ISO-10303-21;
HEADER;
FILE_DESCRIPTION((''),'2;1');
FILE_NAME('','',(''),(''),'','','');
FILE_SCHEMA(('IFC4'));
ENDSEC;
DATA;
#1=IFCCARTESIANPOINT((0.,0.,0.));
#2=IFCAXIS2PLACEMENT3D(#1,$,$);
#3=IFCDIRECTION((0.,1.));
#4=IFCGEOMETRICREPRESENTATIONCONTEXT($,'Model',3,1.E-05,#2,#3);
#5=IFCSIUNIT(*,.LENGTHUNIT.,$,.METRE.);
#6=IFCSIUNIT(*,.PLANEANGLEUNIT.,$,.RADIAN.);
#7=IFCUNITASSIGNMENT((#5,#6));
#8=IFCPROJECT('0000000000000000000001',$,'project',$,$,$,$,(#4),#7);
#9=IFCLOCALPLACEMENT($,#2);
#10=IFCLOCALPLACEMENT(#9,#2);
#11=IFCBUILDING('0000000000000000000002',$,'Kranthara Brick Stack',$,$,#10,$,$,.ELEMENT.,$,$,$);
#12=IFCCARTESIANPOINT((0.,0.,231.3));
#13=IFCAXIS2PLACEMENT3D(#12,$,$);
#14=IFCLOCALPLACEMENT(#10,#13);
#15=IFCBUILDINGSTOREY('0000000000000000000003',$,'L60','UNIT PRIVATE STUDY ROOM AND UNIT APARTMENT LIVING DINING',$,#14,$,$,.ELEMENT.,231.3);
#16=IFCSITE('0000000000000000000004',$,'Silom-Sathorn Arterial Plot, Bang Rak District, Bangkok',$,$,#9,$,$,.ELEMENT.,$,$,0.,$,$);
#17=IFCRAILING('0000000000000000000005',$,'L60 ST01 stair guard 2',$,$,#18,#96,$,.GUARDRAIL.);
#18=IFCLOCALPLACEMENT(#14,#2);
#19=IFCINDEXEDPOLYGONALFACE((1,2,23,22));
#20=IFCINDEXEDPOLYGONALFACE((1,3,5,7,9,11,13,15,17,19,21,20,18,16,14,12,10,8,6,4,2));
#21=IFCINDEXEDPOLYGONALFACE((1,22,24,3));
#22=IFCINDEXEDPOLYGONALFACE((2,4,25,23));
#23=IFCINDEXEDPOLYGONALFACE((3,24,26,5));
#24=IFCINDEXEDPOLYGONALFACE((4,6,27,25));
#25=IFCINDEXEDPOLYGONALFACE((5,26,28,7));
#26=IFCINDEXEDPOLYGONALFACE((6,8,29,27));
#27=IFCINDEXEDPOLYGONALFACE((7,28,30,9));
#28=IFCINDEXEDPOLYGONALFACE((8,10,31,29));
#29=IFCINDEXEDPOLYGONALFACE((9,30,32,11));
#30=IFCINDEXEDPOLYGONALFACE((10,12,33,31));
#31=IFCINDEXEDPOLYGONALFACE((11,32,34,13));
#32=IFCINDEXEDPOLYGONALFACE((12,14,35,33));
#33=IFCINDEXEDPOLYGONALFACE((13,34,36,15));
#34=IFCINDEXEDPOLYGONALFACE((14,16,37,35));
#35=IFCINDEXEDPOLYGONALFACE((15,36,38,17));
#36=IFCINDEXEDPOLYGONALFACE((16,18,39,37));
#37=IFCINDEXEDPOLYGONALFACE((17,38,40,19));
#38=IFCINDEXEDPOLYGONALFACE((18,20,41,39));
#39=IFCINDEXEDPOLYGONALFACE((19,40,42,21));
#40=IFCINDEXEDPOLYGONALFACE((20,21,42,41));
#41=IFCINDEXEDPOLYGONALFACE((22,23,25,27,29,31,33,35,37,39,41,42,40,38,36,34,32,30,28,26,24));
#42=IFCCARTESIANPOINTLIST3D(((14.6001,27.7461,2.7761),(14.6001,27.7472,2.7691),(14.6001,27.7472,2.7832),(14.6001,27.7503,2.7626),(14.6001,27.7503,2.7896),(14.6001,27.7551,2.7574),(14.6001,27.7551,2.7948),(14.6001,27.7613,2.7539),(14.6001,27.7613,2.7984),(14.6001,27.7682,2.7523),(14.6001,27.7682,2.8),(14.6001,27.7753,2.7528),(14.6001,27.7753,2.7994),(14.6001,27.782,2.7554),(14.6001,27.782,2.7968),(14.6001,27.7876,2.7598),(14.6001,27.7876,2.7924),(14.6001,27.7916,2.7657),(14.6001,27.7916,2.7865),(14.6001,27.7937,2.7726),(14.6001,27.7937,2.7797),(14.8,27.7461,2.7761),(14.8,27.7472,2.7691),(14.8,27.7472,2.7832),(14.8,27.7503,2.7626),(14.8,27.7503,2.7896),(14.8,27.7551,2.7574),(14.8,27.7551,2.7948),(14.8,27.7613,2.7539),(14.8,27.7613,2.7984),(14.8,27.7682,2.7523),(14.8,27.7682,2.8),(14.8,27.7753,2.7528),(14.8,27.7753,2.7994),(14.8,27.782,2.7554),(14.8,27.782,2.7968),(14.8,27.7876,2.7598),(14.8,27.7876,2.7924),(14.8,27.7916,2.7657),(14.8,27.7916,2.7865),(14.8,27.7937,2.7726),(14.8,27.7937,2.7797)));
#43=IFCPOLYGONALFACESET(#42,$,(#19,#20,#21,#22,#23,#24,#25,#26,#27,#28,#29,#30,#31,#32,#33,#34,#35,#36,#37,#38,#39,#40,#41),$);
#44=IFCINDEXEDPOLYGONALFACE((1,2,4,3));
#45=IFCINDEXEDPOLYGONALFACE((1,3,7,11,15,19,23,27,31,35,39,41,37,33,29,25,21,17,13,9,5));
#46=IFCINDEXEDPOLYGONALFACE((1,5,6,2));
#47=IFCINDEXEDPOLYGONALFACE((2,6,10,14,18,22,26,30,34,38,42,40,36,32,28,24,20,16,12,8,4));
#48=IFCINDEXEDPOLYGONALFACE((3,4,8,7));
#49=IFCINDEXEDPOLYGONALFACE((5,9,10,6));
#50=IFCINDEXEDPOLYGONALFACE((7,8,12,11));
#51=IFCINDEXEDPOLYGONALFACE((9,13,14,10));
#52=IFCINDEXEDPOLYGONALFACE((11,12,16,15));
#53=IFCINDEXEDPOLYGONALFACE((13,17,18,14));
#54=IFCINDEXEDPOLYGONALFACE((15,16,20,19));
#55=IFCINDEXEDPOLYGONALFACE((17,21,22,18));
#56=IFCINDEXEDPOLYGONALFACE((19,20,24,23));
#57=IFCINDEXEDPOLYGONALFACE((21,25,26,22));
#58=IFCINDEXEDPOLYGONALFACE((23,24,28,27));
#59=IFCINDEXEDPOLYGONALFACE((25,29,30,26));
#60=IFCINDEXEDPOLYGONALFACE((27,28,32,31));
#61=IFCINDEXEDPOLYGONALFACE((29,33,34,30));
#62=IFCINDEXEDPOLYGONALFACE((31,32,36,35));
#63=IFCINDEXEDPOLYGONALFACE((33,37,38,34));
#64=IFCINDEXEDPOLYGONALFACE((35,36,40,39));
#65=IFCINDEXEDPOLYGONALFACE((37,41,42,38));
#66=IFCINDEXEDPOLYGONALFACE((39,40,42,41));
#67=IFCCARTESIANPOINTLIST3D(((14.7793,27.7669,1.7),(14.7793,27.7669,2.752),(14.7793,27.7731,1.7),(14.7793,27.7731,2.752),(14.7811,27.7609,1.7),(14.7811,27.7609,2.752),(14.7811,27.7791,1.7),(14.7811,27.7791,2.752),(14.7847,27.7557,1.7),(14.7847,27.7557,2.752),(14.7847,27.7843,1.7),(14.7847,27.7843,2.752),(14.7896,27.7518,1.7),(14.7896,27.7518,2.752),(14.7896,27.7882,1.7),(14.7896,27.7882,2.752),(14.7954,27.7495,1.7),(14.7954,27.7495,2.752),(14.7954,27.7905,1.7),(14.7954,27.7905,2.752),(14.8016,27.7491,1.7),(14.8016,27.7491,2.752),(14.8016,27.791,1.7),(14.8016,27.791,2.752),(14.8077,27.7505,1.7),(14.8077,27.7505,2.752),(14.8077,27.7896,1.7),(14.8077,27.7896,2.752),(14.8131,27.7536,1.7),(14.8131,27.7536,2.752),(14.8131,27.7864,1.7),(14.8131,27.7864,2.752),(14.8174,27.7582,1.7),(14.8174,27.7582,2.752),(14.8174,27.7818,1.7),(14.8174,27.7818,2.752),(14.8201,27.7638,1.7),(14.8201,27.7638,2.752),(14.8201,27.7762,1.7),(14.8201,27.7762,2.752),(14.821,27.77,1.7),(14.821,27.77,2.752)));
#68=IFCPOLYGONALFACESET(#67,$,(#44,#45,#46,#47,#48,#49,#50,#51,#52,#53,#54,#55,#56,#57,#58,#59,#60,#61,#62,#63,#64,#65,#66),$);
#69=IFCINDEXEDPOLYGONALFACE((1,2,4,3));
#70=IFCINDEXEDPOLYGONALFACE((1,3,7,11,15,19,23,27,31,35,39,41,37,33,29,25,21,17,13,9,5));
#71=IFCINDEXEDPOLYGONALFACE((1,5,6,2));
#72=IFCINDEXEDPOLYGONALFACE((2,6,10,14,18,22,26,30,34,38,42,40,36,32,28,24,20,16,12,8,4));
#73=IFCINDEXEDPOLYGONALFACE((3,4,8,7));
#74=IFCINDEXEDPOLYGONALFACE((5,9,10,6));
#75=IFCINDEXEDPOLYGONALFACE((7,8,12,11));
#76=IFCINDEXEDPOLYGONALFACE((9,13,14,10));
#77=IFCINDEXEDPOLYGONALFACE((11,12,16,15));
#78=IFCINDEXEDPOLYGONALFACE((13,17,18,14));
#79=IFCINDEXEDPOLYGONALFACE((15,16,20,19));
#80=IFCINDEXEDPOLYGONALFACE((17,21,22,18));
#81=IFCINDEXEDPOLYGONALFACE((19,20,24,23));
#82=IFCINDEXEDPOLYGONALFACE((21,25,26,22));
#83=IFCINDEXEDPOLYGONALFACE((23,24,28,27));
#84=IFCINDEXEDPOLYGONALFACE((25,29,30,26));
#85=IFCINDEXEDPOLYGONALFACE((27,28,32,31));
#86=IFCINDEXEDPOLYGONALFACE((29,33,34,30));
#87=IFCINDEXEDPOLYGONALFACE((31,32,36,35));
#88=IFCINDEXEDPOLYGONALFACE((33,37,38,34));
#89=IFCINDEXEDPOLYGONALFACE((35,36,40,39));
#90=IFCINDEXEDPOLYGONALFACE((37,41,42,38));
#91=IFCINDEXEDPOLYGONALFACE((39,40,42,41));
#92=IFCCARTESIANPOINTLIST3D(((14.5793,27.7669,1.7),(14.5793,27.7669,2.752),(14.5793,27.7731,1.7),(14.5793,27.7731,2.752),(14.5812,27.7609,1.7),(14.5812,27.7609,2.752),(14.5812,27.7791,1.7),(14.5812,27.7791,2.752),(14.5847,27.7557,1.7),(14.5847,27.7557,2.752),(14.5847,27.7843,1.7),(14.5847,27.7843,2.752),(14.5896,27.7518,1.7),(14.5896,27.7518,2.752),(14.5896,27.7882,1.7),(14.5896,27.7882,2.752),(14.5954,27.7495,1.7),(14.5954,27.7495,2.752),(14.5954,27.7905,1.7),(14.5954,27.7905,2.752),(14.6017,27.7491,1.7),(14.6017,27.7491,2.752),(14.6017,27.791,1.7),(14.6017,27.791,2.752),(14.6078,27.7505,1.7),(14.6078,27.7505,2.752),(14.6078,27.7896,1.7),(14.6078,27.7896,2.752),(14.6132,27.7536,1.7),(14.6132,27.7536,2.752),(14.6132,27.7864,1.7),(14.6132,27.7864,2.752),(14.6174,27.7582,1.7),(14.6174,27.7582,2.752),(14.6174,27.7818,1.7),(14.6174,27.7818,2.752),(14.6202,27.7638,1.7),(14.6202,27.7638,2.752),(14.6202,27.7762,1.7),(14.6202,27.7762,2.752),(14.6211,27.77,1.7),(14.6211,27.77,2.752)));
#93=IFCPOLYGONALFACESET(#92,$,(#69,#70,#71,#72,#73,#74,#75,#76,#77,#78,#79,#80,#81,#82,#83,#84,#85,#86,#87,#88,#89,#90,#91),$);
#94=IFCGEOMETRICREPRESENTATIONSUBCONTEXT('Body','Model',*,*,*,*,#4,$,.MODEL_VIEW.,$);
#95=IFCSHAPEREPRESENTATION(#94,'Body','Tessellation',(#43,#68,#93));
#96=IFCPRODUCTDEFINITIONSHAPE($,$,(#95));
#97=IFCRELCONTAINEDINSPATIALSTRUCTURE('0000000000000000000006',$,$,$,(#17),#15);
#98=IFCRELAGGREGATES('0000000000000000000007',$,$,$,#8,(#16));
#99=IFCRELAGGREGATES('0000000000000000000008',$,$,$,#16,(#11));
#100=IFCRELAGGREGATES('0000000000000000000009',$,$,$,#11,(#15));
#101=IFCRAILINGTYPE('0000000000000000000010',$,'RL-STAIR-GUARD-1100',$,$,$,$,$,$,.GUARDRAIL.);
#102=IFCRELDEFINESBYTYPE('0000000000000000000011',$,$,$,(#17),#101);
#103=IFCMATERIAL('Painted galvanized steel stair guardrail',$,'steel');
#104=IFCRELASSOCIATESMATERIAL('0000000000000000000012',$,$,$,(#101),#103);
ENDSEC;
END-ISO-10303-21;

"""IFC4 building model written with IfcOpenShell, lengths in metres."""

from ifc_helpers import new_model, si_unit, direction, frame, origin, origin_2d, place, context, subcontext, project, spatial, circle, extrude, material, type_object, element, save


model = new_model("IFC4")

# Units and contexts
model_context = context("Model", 3, precision=1e-05, world=origin(), true_north=direction((0.0, 1.0)))
body_context = subcontext(model_context, "Body", "Model", "MODEL_VIEW")
ifc_project = project(units=[si_unit("LENGTHUNIT", "METRE"), si_unit("PLANEANGLEUNIT", "RADIAN")], contexts=[model_context])

# Site, building, storey
site_placement = place(None, origin())
site = spatial("IfcSite", under=ifc_project, at=site_placement, Name="Silom-Sathorn Arterial Plot, Bang Rak District, Bangkok", CompositionType="ELEMENT", RefElevation=0.0)
building_placement = place(site_placement, origin())
building = spatial("IfcBuilding", under=site, at=building_placement, Name="Kranthara Brick Stack", CompositionType="ELEMENT")
storey_placement = place(building_placement, frame((0.0, 0.0, 231.3)))
storey = spatial("IfcBuildingStorey", under=building, at=storey_placement, Name="L60", Description="UNIT PRIVATE STUDY ROOM AND UNIT APARTMENT LIVING DINING", CompositionType="ELEMENT", Elevation=231.3)

# Railing
ifc_material_1 = material(Name="Painted galvanized steel stair guardrail", Category="steel")
railing_type_1 = type_object("IfcRailingType", Name="RL-STAIR-GUARD-1100", PredefinedType="GUARDRAIL", material=ifc_material_1)
railing_1_placement = place(storey_placement, frame((14.8, 27.77, 1.7)))
element("IfcRailing", 1, at=railing_1_placement, inside=storey, type_object=railing_type_1, Name="L60 ST01 stair guard 2", PredefinedType="GUARDRAIL", context=body_context, shape_type="SweptSolid", body=[
    extrude(circle(Radius=0.0239, at=origin_2d()), frame((0.0, 0.0, 1.0762), z_axis=(-1.0, 0.0, 0.0), x_axis=(0.0, -1.0, 0.0)), (0.0, 0.0, 1.0), 0.2),
    extrude(circle(Radius=0.021, at=origin_2d()), origin(), (0.0, 0.0, 1.0), 1.052),
    extrude(circle(Radius=0.021, at=origin_2d()), frame((-0.2, 0.0, 0.0)), (0.0, 0.0, 1.0), 1.052),
])

save(model, "model.ifc")
